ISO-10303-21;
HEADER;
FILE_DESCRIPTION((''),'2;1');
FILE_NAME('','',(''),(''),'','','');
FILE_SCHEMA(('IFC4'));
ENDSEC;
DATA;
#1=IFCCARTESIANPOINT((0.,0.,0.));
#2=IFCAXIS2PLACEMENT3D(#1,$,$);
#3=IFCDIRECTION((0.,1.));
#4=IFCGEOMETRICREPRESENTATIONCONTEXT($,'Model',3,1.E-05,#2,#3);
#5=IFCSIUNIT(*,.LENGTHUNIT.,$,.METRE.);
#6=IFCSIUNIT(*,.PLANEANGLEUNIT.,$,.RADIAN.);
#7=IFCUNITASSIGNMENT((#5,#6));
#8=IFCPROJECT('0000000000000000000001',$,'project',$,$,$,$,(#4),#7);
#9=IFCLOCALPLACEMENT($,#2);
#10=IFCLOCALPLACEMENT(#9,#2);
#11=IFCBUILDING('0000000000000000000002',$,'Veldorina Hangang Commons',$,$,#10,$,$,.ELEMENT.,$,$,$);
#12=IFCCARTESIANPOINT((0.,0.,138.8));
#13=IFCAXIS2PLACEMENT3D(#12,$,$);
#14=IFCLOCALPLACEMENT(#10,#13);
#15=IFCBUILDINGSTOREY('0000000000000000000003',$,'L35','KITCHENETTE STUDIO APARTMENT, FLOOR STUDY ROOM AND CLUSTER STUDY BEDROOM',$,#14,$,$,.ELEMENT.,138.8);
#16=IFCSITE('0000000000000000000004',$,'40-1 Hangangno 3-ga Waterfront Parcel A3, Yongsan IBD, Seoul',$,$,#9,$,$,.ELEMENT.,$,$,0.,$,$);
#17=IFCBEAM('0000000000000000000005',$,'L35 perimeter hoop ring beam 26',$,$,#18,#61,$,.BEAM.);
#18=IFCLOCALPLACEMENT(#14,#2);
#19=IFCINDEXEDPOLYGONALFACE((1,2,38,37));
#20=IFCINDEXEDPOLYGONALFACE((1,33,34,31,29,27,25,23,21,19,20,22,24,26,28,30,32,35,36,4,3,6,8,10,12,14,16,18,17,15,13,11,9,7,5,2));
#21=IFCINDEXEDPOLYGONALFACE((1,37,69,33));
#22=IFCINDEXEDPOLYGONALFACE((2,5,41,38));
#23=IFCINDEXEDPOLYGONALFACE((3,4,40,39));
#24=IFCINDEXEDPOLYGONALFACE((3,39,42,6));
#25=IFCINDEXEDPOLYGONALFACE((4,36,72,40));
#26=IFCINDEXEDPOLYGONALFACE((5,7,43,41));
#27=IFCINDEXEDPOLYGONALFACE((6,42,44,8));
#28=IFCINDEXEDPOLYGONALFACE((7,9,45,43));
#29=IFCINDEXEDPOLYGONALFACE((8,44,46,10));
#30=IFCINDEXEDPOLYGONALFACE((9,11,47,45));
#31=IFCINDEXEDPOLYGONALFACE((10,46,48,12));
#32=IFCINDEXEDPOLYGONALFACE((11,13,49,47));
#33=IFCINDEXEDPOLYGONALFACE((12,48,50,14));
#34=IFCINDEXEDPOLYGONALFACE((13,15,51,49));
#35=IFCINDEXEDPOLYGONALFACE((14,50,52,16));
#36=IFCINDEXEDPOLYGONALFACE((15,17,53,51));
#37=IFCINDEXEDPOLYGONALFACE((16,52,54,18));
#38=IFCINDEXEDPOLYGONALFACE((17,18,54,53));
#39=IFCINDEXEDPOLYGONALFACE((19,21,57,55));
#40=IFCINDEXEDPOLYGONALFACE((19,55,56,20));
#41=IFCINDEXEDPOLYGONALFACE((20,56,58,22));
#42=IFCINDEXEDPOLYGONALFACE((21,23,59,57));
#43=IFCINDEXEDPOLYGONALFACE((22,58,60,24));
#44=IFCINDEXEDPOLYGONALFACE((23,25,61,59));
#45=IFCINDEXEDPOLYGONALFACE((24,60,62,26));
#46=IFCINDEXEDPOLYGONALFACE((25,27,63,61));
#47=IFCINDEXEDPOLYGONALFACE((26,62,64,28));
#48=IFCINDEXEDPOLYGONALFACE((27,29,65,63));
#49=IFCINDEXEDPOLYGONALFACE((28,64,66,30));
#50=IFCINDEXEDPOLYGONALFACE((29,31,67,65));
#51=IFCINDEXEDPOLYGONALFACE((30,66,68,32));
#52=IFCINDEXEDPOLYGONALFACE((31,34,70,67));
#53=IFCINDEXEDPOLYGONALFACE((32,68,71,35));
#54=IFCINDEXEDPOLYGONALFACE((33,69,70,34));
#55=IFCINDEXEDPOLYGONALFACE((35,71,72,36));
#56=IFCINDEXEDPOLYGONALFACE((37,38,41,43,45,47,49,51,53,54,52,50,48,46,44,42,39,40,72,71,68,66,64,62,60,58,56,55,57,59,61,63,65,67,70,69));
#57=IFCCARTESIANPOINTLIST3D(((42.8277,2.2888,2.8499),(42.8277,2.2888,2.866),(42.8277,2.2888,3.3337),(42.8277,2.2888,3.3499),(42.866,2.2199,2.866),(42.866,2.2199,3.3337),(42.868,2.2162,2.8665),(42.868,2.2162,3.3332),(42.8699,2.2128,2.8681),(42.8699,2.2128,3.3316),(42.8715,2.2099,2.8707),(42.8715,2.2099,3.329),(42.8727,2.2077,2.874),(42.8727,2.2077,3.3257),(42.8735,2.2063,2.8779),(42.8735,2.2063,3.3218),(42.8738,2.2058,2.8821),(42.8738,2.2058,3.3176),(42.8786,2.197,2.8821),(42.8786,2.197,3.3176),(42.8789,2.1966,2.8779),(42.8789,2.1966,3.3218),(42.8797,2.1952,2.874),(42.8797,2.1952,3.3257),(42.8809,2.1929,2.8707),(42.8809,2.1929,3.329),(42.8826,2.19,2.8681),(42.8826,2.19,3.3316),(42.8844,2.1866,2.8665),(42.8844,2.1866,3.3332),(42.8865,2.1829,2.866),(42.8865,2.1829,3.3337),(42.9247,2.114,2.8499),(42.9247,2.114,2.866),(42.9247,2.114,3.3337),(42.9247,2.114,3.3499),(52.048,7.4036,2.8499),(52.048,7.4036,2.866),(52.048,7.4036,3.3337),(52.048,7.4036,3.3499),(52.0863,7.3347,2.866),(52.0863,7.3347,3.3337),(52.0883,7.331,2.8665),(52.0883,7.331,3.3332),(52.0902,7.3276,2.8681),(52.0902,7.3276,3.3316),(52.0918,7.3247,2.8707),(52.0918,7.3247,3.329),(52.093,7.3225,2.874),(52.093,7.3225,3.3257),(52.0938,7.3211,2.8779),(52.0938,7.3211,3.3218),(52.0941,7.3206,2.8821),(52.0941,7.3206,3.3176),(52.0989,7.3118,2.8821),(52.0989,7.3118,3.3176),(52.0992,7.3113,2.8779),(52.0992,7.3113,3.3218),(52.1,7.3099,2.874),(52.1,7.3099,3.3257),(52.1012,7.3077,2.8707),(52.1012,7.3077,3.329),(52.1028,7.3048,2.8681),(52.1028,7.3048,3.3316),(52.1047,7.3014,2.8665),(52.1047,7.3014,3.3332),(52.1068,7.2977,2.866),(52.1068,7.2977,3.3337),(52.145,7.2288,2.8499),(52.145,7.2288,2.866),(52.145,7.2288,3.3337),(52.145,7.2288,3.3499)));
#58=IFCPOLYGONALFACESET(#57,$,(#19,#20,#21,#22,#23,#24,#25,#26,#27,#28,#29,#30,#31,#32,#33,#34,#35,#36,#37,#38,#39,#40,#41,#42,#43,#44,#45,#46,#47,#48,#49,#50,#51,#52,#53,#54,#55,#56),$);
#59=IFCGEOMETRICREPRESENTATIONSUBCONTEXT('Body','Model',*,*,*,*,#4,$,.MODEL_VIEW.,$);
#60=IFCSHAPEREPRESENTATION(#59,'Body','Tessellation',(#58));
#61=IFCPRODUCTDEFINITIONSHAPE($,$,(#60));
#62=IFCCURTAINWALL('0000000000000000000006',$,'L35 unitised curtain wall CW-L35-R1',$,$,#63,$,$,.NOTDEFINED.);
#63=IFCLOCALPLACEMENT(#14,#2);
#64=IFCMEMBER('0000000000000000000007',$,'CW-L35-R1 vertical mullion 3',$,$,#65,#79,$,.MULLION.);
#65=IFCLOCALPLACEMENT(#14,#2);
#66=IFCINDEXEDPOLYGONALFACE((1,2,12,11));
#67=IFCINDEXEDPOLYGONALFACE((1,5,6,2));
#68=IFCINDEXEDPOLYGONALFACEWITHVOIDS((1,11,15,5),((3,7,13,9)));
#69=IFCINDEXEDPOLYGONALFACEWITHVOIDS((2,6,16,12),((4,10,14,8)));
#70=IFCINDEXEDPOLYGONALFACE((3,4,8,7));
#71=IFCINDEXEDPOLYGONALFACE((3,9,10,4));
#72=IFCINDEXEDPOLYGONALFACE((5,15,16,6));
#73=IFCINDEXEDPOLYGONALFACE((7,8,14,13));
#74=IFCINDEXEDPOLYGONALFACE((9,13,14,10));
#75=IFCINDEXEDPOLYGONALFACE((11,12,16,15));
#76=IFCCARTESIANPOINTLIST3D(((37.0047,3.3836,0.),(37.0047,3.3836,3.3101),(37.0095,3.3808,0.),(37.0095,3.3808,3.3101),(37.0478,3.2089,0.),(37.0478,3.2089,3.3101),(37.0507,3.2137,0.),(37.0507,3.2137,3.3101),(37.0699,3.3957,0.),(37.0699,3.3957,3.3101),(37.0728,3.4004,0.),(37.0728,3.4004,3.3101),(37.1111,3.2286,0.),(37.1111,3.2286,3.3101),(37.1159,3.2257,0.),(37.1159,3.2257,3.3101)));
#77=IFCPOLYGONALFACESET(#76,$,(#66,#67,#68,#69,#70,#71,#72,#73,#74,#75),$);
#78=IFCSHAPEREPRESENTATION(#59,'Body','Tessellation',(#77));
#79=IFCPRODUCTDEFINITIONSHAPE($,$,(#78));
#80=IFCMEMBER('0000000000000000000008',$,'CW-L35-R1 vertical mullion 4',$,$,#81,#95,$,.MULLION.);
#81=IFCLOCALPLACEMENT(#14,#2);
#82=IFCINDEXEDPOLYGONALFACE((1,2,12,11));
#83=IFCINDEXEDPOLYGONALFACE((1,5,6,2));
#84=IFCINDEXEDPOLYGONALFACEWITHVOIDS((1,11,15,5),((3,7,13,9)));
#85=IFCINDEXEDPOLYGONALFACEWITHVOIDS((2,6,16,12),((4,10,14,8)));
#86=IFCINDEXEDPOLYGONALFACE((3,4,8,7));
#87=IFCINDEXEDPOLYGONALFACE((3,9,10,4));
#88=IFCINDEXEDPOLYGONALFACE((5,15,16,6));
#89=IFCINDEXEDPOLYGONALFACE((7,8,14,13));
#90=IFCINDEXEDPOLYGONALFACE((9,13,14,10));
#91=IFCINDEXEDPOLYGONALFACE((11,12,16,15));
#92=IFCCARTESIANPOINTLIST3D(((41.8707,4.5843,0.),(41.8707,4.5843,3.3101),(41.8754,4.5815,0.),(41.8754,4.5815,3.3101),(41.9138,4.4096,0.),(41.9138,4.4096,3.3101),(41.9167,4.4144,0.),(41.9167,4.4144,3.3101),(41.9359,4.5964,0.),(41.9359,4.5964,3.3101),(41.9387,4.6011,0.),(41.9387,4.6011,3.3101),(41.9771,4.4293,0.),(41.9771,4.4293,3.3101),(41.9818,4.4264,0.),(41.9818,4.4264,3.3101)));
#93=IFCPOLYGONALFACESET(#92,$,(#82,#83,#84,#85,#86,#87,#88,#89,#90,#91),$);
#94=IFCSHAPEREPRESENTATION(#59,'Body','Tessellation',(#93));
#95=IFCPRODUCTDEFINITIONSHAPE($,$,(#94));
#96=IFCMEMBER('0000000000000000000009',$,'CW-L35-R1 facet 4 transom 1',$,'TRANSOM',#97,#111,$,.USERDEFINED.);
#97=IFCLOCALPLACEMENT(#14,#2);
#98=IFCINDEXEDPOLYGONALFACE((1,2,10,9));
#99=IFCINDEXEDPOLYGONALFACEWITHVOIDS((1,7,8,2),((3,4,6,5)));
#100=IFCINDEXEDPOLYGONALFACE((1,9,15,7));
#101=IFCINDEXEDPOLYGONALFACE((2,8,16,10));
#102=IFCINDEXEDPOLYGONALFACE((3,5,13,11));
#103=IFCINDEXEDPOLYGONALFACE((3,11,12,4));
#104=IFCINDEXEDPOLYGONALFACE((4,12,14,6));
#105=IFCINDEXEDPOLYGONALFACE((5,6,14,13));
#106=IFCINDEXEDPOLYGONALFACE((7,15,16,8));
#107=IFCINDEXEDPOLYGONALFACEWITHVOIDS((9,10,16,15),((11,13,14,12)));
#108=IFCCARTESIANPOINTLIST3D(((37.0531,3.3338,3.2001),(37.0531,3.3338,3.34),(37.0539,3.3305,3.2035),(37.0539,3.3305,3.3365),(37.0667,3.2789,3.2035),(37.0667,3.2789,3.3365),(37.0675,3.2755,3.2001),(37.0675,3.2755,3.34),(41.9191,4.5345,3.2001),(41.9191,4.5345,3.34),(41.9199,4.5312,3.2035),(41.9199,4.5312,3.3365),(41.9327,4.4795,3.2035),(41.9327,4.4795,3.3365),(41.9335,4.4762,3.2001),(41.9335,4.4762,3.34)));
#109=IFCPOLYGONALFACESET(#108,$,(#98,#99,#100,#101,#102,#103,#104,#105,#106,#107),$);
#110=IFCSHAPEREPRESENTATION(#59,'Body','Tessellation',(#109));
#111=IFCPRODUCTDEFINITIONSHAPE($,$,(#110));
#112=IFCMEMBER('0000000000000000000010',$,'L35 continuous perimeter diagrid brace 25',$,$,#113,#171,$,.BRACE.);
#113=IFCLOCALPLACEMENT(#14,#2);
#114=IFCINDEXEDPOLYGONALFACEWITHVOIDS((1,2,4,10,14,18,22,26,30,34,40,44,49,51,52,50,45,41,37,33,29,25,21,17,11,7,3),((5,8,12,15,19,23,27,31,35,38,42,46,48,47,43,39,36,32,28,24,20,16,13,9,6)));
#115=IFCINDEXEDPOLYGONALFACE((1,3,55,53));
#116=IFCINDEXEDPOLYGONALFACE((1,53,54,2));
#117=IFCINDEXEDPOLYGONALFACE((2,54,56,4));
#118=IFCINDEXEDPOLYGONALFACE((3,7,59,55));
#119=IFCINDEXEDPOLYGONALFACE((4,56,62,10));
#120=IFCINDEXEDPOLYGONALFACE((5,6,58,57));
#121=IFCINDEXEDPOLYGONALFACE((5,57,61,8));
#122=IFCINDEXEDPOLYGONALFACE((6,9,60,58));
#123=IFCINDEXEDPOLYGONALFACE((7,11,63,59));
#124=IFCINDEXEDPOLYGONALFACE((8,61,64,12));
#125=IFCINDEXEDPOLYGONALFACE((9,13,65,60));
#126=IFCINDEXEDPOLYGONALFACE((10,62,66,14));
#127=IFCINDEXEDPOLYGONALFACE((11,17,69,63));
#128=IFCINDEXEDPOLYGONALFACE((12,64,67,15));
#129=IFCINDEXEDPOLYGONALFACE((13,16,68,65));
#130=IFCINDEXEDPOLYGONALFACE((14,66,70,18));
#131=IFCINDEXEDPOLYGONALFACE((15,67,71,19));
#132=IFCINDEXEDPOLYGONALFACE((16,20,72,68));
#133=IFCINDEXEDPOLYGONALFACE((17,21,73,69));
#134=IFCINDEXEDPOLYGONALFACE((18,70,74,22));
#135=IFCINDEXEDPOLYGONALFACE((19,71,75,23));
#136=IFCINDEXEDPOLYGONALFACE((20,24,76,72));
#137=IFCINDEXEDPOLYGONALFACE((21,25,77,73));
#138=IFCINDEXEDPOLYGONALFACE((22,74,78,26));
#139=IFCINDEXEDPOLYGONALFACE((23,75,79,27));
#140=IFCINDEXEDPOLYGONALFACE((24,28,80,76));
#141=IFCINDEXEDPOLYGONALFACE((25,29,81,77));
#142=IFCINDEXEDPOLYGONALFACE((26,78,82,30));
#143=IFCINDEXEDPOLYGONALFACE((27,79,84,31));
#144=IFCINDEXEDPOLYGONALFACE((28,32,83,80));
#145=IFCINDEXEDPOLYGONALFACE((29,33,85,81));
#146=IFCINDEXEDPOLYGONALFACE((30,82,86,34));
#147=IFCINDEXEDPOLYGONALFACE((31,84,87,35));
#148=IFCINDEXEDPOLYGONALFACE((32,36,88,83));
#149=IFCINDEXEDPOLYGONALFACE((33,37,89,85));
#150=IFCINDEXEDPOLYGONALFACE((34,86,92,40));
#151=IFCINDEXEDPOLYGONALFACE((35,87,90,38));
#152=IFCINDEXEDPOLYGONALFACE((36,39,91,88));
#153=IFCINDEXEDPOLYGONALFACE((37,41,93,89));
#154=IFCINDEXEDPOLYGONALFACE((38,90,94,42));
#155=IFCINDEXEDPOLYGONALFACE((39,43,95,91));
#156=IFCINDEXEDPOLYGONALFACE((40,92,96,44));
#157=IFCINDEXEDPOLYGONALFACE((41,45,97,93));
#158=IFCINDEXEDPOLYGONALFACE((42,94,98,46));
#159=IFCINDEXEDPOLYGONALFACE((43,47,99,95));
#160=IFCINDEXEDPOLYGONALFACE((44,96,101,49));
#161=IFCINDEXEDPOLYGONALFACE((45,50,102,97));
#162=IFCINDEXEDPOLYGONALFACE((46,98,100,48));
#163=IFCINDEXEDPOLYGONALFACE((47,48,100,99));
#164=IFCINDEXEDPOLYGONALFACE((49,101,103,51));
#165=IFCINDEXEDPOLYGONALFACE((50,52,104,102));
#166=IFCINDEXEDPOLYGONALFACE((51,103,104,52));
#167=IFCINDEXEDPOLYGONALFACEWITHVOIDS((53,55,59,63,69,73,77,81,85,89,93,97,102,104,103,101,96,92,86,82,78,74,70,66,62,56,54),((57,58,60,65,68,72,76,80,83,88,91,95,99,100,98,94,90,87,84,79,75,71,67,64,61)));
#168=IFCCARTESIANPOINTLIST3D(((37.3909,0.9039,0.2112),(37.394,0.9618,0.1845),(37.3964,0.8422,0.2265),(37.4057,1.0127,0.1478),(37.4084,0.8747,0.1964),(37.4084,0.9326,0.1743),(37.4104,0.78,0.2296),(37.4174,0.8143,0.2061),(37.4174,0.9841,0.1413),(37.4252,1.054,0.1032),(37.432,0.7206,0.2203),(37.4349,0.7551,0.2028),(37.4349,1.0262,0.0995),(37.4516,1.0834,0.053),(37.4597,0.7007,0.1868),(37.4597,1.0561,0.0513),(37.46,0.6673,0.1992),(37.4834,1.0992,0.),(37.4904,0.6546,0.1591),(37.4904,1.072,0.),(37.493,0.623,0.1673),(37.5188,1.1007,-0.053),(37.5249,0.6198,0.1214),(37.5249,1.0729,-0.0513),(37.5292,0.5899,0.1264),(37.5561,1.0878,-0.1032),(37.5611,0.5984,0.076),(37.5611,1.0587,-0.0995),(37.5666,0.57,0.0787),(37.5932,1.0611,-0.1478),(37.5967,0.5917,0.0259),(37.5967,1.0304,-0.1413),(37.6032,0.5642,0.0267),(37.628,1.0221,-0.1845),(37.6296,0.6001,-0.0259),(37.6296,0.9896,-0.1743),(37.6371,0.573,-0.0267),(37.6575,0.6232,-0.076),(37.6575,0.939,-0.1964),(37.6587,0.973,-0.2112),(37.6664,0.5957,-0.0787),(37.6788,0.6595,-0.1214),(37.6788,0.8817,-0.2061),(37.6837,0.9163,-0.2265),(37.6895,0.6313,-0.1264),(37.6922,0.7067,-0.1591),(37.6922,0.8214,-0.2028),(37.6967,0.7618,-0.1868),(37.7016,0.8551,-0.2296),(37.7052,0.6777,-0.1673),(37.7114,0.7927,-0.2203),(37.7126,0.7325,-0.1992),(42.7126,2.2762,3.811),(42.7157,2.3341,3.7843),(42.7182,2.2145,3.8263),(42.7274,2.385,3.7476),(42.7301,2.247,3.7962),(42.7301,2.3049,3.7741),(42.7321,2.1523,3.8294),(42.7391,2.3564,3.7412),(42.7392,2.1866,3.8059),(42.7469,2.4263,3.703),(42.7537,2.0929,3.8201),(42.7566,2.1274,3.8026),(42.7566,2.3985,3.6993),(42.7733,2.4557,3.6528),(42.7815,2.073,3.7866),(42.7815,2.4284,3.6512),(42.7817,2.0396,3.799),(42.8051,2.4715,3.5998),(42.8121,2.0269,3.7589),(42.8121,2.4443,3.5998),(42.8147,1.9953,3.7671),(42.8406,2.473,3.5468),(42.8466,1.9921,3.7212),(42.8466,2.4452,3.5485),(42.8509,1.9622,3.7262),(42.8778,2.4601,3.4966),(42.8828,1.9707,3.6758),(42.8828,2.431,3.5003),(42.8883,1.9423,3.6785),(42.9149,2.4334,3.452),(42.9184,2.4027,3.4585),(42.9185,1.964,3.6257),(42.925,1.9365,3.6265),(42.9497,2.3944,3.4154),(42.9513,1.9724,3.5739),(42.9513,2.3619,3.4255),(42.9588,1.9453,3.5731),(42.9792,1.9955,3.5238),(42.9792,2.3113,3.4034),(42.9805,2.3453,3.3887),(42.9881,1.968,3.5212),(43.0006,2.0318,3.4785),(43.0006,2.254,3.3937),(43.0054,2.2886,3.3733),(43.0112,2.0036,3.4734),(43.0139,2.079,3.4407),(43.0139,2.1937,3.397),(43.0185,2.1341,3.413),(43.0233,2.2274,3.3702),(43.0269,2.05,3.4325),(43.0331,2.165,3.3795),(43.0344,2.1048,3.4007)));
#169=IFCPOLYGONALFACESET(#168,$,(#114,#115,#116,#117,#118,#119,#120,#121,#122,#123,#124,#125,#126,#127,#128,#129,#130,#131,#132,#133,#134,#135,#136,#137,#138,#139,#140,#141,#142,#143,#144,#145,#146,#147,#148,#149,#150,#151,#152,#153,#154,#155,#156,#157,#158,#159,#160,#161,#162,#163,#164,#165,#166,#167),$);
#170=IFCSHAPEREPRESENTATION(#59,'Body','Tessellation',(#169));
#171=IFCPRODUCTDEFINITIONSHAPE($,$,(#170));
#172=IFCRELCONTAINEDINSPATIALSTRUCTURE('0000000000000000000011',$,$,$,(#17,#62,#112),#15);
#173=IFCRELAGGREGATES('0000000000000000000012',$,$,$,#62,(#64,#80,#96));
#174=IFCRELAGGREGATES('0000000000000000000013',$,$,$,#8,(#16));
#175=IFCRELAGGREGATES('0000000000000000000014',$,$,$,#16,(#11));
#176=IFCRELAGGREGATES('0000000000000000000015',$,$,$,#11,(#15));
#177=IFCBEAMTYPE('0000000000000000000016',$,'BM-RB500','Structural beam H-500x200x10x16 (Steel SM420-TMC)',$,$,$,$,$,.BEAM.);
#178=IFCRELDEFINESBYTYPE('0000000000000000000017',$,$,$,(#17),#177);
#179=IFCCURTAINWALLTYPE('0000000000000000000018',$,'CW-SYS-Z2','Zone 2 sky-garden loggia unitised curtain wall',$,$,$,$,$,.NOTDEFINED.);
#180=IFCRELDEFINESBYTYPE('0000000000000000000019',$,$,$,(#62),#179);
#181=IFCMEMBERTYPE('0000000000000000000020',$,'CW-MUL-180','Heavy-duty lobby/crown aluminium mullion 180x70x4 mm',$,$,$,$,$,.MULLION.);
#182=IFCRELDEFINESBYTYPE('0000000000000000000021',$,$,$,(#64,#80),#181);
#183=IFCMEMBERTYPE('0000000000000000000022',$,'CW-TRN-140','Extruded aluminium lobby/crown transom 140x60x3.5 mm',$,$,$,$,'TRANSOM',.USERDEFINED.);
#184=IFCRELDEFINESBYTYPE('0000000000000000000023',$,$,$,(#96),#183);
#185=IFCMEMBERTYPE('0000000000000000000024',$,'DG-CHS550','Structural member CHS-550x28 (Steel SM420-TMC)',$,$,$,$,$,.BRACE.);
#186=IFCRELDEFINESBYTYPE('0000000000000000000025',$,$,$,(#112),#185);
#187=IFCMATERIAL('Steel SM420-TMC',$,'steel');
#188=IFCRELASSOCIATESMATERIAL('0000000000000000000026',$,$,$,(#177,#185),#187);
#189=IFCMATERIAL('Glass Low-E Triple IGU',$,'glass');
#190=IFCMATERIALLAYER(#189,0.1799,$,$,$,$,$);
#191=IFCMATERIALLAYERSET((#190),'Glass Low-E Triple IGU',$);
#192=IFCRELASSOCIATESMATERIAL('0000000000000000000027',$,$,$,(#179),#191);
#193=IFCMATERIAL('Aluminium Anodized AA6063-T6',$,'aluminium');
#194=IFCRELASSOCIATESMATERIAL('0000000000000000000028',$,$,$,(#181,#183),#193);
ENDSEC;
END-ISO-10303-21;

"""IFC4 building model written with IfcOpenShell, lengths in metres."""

from ifc_helpers import new_model, si_unit, direction, frame, origin, origin_2d, place, context, subcontext, project, spatial, hollow_rectangle, hollow_circle, i_section, extrude, material, layer, layer_set, material_profile, profile_set, type_object, element, aggregate, save


model = new_model("IFC4")

# Units and contexts
model_context = context("Model", 3, precision=1e-05, world=origin(), true_north=direction((0.0, 1.0)))
body_context = subcontext(model_context, "Body", "Model", "MODEL_VIEW")
ifc_project = project(units=[si_unit("LENGTHUNIT", "METRE"), si_unit("PLANEANGLEUNIT", "RADIAN")], contexts=[model_context])

# Site, building, storey
site_placement = place(None, origin())
site = spatial("IfcSite", under=ifc_project, at=site_placement, Name="40-1 Hangangno 3-ga Waterfront Parcel A3, Yongsan IBD, Seoul", CompositionType="ELEMENT", RefElevation=0.0)
building_placement = place(site_placement, origin())
building = spatial("IfcBuilding", under=site, at=building_placement, Name="Veldorina Hangang Commons", CompositionType="ELEMENT")
storey_placement = place(building_placement, frame((0.0, 0.0, 138.8)))
storey = spatial("IfcBuildingStorey", under=building, at=storey_placement, Name="L35", Description="KITCHENETTE STUDIO APARTMENT, FLOOR STUDY ROOM AND CLUSTER STUDY BEDROOM", CompositionType="ELEMENT", Elevation=138.8)

# Beam
ifc_material_1 = material(Name="Steel SM420-TMC", Category="steel")
ifc_material_profile_1 = material_profile(ifc_material_1, i_section(OverallWidth=0.2, OverallDepth=0.5, WebThickness=0.01, FlangeThickness=0.0161, FilletRadius=0.0161, at=origin_2d()), Name="H-500x200x10x16")
ifc_profile_set_1 = profile_set([ifc_material_profile_1], Name="Steel SM420-TMC")
beam_type = type_object("IfcBeamType", Name="BM-RB500", Description="Structural beam H-500x200x10x16 (Steel SM420-TMC)", PredefinedType="BEAM", material=ifc_profile_set_1)
beam_placement = place(storey_placement, frame((42.8762, 2.2014, 3.0999), z_axis=(0.874463, 0.485092, 0.0), x_axis=(-0.485092, 0.874463, 0.0)))
element("IfcBeam", 1, at=beam_placement, inside=storey, type_object=beam_type, Name="L35 perimeter hoop ring beam 26", PredefinedType="BEAM", context=body_context, shape_type="SweptSolid", body=[
    extrude(i_section(OverallWidth=0.2, OverallDepth=0.5, WebThickness=0.01, FlangeThickness=0.0161, FilletRadius=0.0161, at=origin_2d()), origin(), (0.0, 0.0, 1.0), 10.5439),
])

# Curtain wall, members
ifc_material_2 = material(Name="Glass Low-E Triple IGU", Category="glass")
ifc_layer_1 = layer(ifc_material_2, 0.1799)
ifc_layer_set_1 = layer_set([ifc_layer_1], Name="Glass Low-E Triple IGU")
curtain_wall_type = type_object("IfcCurtainWallType", Name="CW-SYS-Z2", Description="Zone 2 sky-garden loggia unitised curtain wall", PredefinedType="NOTDEFINED", material=ifc_layer_set_1)
curtain_wall_placement = place(storey_placement, origin())
curtain_wall = element("IfcCurtainWall", 2, at=curtain_wall_placement, inside=storey, type_object=curtain_wall_type, Name="L35 unitised curtain wall CW-L35-R1", PredefinedType="NOTDEFINED")
ifc_material_3 = material(Name="Aluminium Anodized AA6063-T6", Category="aluminium")
ifc_material_profile_2 = material_profile(ifc_material_3, hollow_rectangle(XDim=0.0701, YDim=0.1799, WallThickness=0.0039, at=origin_2d()), Name="ALU-RHS-180x70x4")
ifc_profile_set_2 = profile_set([ifc_material_profile_2], Name="Aluminium Anodized AA6063-T6")
member_type_1 = type_object("IfcMemberType", Name="CW-MUL-180", Description="Heavy-duty lobby/crown aluminium mullion 180x70x4 mm", PredefinedType="MULLION", material=ifc_profile_set_2)
member_1_placement = place(storey_placement, frame((37.0603, 3.3047, 0.0), z_axis=(0.0, 0.0, 1.0), x_axis=(0.970876, 0.239584, 0.0)))
member_1 = element("IfcMember", 3, at=member_1_placement, type_object=member_type_1, Name="CW-L35-R1 vertical mullion 3", PredefinedType="MULLION", context=body_context, shape_type="SweptSolid", body=[
    extrude(hollow_rectangle(XDim=0.0701, YDim=0.1799, WallThickness=0.0039, at=origin_2d()), origin(), (0.0, 0.0, 1.0), 3.3101),
])
member_2_placement = place(storey_placement, frame((41.9263, 4.5054, 0.0), z_axis=(0.0, 0.0, 1.0), x_axis=(-0.970876, -0.239584, 0.0)))
member_2 = element("IfcMember", 4, at=member_2_placement, type_object=member_type_1, Name="CW-L35-R1 vertical mullion 4", PredefinedType="MULLION", context=body_context, shape_type="SweptSolid", body=[
    extrude(hollow_rectangle(XDim=0.0701, YDim=0.1799, WallThickness=0.0039, at=origin_2d()), origin(), (0.0, 0.0, 1.0), 3.3101),
])
ifc_material_profile_3 = material_profile(ifc_material_3, hollow_rectangle(XDim=0.0601, YDim=0.1399, WallThickness=0.0034, at=origin_2d()), Name="ALU-RHS-140x60x3.5")
ifc_profile_set_3 = profile_set([ifc_material_profile_3], Name="Aluminium Anodized AA6063-T6")
member_type_2 = type_object("IfcMemberType", Name="CW-TRN-140", Description="Extruded aluminium lobby/crown transom 140x60x3.5 mm", ElementType="TRANSOM", PredefinedType="USERDEFINED", material=ifc_profile_set_3)
member_3_placement = place(storey_placement, frame((37.0603, 3.3047, 3.27), z_axis=(0.97088, 0.239566, 0.0), x_axis=(-0.239566, 0.97088, 0.0)))
member_3 = element("IfcMember", 5, at=member_3_placement, type_object=member_type_2, Name="CW-L35-R1 facet 4 transom 1", ObjectType="TRANSOM", PredefinedType="USERDEFINED", context=body_context, shape_type="SweptSolid", body=[
    extrude(hollow_rectangle(XDim=0.0601, YDim=0.1399, WallThickness=0.0034, at=origin_2d()), origin(), (0.0, 0.0, 1.0), 5.012),
])

# Member
ifc_material_profile_4 = material_profile(ifc_material_1, hollow_circle(Radius=0.2749, WallThickness=0.0281, at=origin_2d()), Name="CHS-550x28")
ifc_profile_set_4 = profile_set([ifc_material_profile_4], Name="Steel SM420-TMC")
member_type_3 = type_object("IfcMemberType", Name="DG-CHS550", Description="Structural member CHS-550x28 (Steel SM420-TMC)", PredefinedType="BRACE", material=ifc_profile_set_4)
member_4_placement = place(storey_placement, frame((37.552, 0.833, 0.0), z_axis=(0.810025, 0.208879, 0.547932), x_axis=(-0.249699, 0.968323, 0.0)))
element("IfcMember", 6, at=member_4_placement, inside=storey, type_object=member_type_3, Name="L35 continuous perimeter diagrid brace 25", PredefinedType="BRACE", context=body_context, shape_type="SweptSolid", body=[
    extrude(hollow_circle(Radius=0.2749, WallThickness=0.0281, at=origin_2d()), origin(), (0.0, 0.0, 1.0), 6.5698),
])

aggregate(curtain_wall, [member_1, member_2, member_3])

save(model, "model.ifc")
